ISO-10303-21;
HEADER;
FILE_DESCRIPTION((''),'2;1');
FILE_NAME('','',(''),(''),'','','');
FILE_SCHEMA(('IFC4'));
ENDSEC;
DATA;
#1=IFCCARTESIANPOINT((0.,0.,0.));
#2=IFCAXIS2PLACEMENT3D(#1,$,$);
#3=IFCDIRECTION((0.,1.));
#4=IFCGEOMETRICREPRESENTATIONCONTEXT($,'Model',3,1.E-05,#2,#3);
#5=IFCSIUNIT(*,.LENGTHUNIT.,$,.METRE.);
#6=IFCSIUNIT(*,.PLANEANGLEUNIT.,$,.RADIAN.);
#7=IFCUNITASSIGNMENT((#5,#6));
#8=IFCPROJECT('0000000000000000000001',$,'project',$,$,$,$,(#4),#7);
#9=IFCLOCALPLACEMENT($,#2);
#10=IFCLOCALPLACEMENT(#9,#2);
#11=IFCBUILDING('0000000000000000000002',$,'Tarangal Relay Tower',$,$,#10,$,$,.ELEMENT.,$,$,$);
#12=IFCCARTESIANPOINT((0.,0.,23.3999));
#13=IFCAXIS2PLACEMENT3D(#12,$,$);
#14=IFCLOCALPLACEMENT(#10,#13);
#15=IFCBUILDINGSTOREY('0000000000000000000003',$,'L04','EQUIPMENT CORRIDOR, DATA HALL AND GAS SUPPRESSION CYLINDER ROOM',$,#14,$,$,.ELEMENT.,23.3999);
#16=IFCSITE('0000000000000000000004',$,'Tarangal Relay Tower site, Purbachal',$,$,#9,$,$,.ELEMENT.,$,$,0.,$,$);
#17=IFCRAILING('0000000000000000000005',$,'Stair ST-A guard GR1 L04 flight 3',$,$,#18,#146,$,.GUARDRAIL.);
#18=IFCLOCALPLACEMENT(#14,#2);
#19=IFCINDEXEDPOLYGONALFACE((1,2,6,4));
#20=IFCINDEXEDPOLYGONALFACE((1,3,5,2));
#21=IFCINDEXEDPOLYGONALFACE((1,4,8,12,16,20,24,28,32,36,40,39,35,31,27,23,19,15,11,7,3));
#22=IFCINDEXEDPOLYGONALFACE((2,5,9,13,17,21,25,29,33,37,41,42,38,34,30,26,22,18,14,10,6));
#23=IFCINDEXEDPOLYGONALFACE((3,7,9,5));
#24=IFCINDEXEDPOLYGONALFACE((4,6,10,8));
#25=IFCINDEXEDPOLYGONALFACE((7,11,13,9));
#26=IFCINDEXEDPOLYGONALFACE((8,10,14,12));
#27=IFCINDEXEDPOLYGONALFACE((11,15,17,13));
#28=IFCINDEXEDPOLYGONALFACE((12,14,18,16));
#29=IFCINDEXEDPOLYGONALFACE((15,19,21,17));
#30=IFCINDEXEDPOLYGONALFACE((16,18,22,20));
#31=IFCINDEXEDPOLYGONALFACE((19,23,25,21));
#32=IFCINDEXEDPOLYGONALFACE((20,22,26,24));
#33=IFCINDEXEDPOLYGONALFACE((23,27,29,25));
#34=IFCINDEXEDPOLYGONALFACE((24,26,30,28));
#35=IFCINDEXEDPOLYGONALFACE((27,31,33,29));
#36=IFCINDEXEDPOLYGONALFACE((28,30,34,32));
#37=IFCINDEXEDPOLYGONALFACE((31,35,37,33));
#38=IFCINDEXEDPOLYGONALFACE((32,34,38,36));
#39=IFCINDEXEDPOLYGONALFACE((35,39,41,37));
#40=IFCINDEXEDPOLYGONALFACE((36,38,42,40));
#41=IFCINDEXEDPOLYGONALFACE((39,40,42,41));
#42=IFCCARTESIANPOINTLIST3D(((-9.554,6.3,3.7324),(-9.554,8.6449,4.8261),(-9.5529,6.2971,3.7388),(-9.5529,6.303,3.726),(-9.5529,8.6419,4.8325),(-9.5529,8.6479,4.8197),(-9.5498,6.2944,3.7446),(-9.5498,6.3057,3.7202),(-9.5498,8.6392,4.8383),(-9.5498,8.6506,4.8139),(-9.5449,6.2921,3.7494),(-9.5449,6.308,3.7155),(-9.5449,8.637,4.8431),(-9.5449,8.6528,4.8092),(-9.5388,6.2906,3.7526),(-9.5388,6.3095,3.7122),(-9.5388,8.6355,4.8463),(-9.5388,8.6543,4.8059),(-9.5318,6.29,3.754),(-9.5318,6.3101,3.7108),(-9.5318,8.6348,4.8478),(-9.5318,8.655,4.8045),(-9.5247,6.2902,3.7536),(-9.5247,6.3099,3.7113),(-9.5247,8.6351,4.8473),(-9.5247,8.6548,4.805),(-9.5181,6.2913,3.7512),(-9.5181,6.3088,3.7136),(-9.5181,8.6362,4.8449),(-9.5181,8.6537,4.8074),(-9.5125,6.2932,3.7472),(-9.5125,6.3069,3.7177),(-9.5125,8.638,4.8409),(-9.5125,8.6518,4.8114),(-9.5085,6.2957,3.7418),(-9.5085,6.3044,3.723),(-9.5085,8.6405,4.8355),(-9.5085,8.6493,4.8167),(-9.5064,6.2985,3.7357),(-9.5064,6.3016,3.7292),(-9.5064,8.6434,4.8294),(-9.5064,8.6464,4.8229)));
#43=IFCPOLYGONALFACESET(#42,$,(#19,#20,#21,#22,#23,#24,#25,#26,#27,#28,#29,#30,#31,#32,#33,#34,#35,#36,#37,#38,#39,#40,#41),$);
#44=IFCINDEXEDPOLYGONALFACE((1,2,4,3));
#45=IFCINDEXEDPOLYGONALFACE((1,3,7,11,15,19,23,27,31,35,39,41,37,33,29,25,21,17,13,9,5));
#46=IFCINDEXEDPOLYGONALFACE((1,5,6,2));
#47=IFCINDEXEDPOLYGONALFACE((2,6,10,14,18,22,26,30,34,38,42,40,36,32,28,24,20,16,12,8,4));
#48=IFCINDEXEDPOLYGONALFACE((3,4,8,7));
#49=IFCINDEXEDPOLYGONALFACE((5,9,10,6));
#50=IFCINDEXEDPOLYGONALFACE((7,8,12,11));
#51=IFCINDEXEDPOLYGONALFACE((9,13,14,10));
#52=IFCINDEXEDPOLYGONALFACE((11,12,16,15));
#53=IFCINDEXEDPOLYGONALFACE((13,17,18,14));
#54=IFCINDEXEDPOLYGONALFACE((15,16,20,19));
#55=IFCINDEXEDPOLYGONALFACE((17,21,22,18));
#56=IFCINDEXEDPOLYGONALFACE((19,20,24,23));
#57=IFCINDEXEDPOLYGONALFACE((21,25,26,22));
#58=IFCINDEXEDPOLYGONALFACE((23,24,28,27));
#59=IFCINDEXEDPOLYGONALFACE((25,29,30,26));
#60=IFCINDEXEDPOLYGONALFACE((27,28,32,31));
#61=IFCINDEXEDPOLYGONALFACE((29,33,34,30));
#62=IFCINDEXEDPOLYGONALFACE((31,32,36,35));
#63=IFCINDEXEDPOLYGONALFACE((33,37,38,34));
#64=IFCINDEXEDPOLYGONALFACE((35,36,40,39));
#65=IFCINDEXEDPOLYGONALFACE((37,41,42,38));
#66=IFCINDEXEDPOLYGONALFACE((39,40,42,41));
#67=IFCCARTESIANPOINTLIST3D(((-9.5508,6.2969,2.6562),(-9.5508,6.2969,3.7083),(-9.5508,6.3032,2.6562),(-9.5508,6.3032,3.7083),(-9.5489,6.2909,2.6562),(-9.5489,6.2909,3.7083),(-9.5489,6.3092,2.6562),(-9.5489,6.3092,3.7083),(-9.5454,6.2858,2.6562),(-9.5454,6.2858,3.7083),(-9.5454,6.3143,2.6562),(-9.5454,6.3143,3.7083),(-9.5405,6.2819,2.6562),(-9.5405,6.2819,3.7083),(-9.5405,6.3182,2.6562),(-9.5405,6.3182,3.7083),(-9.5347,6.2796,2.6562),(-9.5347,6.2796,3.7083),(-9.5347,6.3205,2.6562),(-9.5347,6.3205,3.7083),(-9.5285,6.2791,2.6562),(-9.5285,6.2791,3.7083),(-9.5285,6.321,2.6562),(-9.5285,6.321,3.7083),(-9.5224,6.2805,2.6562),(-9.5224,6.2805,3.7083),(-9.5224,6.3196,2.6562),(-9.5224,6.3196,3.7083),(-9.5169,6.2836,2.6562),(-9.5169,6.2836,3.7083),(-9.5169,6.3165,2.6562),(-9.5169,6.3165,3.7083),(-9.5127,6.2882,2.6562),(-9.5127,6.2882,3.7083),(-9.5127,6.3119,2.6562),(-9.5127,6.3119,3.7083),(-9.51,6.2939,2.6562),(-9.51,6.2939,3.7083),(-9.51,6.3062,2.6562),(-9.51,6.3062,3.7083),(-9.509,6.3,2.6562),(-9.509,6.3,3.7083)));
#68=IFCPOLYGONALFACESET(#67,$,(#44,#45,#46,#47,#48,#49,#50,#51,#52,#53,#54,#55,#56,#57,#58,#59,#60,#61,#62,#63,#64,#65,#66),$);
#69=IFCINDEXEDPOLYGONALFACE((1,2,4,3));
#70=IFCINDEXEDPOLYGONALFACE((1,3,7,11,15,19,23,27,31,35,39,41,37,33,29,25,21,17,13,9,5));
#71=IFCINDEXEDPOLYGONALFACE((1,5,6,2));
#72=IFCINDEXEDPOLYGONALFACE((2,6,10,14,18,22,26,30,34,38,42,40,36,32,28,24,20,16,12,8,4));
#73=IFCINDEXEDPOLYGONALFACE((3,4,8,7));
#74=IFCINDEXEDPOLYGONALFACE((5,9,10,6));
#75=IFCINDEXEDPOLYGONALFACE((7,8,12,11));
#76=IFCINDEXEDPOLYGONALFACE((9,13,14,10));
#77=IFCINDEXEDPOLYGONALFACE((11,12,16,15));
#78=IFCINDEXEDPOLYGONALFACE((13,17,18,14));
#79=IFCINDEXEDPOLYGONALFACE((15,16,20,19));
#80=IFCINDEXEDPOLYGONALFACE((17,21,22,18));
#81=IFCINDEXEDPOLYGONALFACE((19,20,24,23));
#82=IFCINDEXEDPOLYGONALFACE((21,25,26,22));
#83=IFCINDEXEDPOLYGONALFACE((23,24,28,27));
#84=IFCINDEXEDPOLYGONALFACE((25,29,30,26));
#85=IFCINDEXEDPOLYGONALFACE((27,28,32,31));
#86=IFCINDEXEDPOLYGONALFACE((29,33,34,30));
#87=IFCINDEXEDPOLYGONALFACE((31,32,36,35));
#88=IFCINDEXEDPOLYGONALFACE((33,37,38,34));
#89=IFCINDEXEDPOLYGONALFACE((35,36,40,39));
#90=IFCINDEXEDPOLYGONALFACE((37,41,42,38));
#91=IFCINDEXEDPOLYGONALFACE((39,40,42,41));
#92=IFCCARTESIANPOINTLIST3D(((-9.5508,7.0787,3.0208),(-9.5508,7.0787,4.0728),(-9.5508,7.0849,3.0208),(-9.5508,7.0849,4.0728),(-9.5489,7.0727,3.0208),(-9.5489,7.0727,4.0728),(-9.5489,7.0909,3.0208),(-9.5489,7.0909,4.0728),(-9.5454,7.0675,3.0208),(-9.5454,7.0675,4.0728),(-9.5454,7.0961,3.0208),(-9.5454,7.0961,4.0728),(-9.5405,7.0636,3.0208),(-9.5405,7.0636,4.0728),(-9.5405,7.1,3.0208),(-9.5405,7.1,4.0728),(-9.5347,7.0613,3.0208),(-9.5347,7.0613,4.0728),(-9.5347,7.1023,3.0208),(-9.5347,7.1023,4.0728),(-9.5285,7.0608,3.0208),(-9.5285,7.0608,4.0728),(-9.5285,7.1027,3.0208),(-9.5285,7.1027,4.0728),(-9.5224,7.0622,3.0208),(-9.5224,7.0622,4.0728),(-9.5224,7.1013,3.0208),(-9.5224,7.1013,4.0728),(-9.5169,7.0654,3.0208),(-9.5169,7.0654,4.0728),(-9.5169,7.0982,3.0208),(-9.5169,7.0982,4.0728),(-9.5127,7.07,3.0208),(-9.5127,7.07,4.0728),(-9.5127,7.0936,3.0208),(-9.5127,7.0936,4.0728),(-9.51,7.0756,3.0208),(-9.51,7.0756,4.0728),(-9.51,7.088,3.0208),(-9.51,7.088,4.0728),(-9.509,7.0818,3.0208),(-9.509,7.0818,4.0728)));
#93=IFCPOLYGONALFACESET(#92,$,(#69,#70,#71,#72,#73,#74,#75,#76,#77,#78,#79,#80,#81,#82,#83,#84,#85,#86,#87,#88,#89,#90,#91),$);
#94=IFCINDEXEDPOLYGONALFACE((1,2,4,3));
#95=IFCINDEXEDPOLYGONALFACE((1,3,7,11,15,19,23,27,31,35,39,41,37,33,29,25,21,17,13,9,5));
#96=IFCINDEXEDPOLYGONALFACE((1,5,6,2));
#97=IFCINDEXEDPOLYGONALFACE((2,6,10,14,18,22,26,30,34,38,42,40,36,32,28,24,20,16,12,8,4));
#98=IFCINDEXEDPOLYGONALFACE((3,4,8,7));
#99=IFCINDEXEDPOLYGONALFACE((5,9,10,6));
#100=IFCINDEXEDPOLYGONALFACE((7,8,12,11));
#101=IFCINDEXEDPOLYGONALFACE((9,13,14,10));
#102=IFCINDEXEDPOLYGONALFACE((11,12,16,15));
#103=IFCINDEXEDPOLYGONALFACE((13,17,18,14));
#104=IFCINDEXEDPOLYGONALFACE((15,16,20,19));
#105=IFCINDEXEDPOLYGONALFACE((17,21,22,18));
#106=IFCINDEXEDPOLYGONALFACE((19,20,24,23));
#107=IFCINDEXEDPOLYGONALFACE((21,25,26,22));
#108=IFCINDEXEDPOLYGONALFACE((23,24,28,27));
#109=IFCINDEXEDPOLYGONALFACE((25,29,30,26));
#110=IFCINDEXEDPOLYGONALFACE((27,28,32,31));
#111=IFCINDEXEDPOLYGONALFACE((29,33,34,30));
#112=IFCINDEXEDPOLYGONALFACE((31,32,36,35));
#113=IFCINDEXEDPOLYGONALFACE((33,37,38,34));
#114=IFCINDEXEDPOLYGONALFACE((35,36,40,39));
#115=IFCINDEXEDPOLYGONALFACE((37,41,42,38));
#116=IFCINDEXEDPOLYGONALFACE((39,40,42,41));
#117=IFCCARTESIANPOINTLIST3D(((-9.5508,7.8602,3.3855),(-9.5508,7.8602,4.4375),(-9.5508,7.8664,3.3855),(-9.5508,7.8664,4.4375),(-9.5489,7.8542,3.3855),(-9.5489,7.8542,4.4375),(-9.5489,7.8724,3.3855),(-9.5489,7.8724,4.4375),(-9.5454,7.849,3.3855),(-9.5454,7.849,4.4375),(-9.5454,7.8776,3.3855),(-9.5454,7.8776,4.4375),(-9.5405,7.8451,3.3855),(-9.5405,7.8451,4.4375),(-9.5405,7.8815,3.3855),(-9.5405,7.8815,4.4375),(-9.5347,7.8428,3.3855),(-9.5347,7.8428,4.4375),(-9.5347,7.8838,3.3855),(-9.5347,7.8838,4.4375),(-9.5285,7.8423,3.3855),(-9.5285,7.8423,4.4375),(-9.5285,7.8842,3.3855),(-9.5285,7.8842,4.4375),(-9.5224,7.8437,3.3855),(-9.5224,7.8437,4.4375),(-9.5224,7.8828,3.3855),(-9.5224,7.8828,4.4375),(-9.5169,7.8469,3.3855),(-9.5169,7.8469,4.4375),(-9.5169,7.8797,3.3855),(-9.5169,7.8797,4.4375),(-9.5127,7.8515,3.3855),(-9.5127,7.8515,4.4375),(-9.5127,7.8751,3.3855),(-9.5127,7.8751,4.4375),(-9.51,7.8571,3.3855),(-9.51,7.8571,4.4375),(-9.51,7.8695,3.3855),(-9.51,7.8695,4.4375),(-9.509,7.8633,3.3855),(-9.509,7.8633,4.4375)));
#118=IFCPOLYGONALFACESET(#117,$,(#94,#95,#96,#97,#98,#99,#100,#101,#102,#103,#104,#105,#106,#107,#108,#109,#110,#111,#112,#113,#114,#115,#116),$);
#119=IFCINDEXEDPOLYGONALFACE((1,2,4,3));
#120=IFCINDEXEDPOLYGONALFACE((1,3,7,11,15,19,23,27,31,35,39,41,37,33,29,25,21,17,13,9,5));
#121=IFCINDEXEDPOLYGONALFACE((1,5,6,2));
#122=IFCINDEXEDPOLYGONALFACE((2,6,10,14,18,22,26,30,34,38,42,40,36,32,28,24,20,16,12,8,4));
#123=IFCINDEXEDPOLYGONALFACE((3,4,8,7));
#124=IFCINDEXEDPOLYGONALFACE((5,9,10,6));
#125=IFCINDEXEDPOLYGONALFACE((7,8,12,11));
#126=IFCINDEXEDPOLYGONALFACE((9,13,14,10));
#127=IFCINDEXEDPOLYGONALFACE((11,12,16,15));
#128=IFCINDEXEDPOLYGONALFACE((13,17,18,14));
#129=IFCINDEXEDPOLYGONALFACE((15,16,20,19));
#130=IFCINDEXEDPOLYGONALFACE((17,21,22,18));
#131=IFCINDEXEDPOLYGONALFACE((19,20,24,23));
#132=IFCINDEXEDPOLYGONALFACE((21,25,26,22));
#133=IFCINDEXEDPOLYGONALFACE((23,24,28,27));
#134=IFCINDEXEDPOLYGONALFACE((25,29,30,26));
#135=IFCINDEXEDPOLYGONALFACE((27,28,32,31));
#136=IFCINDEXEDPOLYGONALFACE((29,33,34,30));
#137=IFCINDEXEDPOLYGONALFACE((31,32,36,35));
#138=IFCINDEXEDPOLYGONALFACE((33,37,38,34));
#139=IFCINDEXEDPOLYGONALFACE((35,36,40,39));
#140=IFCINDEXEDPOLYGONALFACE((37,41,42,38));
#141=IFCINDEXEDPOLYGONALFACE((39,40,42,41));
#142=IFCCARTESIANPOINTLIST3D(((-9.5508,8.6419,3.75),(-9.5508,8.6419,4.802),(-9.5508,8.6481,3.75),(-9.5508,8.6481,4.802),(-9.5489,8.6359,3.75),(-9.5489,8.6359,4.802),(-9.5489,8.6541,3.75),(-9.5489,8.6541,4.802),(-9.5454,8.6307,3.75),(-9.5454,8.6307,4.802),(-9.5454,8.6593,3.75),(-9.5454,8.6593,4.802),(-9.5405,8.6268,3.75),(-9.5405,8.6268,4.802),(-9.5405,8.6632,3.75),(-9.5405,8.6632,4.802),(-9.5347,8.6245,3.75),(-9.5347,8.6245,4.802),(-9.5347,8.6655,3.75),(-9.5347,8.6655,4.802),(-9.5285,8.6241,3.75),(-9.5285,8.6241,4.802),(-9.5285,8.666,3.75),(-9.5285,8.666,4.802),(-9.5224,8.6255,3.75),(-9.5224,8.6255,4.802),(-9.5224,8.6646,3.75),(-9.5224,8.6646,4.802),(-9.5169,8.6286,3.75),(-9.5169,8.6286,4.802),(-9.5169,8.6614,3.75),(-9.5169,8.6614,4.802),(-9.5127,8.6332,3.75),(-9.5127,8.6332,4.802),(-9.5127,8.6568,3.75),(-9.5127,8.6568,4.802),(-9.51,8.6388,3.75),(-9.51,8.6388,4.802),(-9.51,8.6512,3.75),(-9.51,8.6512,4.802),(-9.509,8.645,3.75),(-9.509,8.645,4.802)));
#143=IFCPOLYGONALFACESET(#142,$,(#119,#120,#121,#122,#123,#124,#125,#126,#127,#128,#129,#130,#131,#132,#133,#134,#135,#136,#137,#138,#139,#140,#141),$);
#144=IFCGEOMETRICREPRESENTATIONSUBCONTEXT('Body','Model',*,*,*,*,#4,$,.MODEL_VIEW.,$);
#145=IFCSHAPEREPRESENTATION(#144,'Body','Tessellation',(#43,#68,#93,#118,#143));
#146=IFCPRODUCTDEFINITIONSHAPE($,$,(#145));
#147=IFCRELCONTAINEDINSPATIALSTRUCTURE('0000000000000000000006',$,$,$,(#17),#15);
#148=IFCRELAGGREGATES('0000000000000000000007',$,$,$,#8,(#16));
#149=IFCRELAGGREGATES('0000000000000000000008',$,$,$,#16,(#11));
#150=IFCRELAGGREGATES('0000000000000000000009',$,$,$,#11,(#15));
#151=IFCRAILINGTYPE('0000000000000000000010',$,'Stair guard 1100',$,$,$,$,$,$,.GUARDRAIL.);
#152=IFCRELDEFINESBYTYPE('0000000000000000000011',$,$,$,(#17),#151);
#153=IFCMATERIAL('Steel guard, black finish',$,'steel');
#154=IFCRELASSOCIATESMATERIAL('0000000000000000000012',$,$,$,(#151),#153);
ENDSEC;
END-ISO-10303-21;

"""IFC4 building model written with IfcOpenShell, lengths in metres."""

from ifc_helpers import new_model, si_unit, direction, frame, origin, origin_2d, place, context, subcontext, project, spatial, circle, extrude, material, type_object, element, save


model = new_model("IFC4")

# Units and contexts
model_context = context("Model", 3, precision=1e-05, world=origin(), true_north=direction((0.0, 1.0)))
body_context = subcontext(model_context, "Body", "Model", "MODEL_VIEW")
ifc_project = project(units=[si_unit("LENGTHUNIT", "METRE"), si_unit("PLANEANGLEUNIT", "RADIAN")], contexts=[model_context])

# Site, building, storey
site_placement = place(None, origin())
site = spatial("IfcSite", under=ifc_project, at=site_placement, Name="Tarangal Relay Tower site, Purbachal", CompositionType="ELEMENT", RefElevation=0.0)
building_placement = place(site_placement, origin())
building = spatial("IfcBuilding", under=site, at=building_placement, Name="Tarangal Relay Tower", CompositionType="ELEMENT")
storey_placement = place(building_placement, frame((0.0, 0.0, 23.3999)))
storey = spatial("IfcBuildingStorey", under=building, at=storey_placement, Name="L04", Description="EQUIPMENT CORRIDOR, DATA HALL AND GAS SUPPRESSION CYLINDER ROOM", CompositionType="ELEMENT", Elevation=23.3999)

# Railing
ifc_material_1 = material(Name="Steel guard, black finish", Category="steel")
railing_type_1 = type_object("IfcRailingType", Name="Stair guard 1100", PredefinedType="GUARDRAIL", material=ifc_material_1)
for number, where, name in (
    (1, (-9.53, 6.3, 2.6562), "Stair ST-A guard GR1 L04 flight 3"),
):
    element("IfcRailing", number, at=place(storey_placement, frame(where)), inside=storey, type_object=railing_type_1, Name=name, PredefinedType="GUARDRAIL", context=body_context, shape_type="SweptSolid", body=[
        extrude(circle(Radius=0.0239, at=origin_2d()), frame((0.0, 0.0, 1.0762), z_axis=(0.0, 0.906267, 0.422705), x_axis=(-1.0, 0.0, 0.0)), (0.0, 0.0, 1.0), 2.5874),
        extrude(circle(Radius=0.021, at=origin_2d()), origin(), (0.0, 0.0, 1.0), 1.052),
        extrude(circle(Radius=0.021, at=origin_2d()), frame((0.0, 0.7817, 0.3645)), (0.0, 0.0, 1.0), 1.052),
        extrude(circle(Radius=0.021, at=origin_2d()), frame((0.0, 1.5632, 0.7292)), (0.0, 0.0, 1.0), 1.052),
        extrude(circle(Radius=0.021, at=origin_2d()), frame((0.0, 2.345, 1.0938)), (0.0, 0.0, 1.0), 1.052),
    ])

save(model, "model.ifc")
